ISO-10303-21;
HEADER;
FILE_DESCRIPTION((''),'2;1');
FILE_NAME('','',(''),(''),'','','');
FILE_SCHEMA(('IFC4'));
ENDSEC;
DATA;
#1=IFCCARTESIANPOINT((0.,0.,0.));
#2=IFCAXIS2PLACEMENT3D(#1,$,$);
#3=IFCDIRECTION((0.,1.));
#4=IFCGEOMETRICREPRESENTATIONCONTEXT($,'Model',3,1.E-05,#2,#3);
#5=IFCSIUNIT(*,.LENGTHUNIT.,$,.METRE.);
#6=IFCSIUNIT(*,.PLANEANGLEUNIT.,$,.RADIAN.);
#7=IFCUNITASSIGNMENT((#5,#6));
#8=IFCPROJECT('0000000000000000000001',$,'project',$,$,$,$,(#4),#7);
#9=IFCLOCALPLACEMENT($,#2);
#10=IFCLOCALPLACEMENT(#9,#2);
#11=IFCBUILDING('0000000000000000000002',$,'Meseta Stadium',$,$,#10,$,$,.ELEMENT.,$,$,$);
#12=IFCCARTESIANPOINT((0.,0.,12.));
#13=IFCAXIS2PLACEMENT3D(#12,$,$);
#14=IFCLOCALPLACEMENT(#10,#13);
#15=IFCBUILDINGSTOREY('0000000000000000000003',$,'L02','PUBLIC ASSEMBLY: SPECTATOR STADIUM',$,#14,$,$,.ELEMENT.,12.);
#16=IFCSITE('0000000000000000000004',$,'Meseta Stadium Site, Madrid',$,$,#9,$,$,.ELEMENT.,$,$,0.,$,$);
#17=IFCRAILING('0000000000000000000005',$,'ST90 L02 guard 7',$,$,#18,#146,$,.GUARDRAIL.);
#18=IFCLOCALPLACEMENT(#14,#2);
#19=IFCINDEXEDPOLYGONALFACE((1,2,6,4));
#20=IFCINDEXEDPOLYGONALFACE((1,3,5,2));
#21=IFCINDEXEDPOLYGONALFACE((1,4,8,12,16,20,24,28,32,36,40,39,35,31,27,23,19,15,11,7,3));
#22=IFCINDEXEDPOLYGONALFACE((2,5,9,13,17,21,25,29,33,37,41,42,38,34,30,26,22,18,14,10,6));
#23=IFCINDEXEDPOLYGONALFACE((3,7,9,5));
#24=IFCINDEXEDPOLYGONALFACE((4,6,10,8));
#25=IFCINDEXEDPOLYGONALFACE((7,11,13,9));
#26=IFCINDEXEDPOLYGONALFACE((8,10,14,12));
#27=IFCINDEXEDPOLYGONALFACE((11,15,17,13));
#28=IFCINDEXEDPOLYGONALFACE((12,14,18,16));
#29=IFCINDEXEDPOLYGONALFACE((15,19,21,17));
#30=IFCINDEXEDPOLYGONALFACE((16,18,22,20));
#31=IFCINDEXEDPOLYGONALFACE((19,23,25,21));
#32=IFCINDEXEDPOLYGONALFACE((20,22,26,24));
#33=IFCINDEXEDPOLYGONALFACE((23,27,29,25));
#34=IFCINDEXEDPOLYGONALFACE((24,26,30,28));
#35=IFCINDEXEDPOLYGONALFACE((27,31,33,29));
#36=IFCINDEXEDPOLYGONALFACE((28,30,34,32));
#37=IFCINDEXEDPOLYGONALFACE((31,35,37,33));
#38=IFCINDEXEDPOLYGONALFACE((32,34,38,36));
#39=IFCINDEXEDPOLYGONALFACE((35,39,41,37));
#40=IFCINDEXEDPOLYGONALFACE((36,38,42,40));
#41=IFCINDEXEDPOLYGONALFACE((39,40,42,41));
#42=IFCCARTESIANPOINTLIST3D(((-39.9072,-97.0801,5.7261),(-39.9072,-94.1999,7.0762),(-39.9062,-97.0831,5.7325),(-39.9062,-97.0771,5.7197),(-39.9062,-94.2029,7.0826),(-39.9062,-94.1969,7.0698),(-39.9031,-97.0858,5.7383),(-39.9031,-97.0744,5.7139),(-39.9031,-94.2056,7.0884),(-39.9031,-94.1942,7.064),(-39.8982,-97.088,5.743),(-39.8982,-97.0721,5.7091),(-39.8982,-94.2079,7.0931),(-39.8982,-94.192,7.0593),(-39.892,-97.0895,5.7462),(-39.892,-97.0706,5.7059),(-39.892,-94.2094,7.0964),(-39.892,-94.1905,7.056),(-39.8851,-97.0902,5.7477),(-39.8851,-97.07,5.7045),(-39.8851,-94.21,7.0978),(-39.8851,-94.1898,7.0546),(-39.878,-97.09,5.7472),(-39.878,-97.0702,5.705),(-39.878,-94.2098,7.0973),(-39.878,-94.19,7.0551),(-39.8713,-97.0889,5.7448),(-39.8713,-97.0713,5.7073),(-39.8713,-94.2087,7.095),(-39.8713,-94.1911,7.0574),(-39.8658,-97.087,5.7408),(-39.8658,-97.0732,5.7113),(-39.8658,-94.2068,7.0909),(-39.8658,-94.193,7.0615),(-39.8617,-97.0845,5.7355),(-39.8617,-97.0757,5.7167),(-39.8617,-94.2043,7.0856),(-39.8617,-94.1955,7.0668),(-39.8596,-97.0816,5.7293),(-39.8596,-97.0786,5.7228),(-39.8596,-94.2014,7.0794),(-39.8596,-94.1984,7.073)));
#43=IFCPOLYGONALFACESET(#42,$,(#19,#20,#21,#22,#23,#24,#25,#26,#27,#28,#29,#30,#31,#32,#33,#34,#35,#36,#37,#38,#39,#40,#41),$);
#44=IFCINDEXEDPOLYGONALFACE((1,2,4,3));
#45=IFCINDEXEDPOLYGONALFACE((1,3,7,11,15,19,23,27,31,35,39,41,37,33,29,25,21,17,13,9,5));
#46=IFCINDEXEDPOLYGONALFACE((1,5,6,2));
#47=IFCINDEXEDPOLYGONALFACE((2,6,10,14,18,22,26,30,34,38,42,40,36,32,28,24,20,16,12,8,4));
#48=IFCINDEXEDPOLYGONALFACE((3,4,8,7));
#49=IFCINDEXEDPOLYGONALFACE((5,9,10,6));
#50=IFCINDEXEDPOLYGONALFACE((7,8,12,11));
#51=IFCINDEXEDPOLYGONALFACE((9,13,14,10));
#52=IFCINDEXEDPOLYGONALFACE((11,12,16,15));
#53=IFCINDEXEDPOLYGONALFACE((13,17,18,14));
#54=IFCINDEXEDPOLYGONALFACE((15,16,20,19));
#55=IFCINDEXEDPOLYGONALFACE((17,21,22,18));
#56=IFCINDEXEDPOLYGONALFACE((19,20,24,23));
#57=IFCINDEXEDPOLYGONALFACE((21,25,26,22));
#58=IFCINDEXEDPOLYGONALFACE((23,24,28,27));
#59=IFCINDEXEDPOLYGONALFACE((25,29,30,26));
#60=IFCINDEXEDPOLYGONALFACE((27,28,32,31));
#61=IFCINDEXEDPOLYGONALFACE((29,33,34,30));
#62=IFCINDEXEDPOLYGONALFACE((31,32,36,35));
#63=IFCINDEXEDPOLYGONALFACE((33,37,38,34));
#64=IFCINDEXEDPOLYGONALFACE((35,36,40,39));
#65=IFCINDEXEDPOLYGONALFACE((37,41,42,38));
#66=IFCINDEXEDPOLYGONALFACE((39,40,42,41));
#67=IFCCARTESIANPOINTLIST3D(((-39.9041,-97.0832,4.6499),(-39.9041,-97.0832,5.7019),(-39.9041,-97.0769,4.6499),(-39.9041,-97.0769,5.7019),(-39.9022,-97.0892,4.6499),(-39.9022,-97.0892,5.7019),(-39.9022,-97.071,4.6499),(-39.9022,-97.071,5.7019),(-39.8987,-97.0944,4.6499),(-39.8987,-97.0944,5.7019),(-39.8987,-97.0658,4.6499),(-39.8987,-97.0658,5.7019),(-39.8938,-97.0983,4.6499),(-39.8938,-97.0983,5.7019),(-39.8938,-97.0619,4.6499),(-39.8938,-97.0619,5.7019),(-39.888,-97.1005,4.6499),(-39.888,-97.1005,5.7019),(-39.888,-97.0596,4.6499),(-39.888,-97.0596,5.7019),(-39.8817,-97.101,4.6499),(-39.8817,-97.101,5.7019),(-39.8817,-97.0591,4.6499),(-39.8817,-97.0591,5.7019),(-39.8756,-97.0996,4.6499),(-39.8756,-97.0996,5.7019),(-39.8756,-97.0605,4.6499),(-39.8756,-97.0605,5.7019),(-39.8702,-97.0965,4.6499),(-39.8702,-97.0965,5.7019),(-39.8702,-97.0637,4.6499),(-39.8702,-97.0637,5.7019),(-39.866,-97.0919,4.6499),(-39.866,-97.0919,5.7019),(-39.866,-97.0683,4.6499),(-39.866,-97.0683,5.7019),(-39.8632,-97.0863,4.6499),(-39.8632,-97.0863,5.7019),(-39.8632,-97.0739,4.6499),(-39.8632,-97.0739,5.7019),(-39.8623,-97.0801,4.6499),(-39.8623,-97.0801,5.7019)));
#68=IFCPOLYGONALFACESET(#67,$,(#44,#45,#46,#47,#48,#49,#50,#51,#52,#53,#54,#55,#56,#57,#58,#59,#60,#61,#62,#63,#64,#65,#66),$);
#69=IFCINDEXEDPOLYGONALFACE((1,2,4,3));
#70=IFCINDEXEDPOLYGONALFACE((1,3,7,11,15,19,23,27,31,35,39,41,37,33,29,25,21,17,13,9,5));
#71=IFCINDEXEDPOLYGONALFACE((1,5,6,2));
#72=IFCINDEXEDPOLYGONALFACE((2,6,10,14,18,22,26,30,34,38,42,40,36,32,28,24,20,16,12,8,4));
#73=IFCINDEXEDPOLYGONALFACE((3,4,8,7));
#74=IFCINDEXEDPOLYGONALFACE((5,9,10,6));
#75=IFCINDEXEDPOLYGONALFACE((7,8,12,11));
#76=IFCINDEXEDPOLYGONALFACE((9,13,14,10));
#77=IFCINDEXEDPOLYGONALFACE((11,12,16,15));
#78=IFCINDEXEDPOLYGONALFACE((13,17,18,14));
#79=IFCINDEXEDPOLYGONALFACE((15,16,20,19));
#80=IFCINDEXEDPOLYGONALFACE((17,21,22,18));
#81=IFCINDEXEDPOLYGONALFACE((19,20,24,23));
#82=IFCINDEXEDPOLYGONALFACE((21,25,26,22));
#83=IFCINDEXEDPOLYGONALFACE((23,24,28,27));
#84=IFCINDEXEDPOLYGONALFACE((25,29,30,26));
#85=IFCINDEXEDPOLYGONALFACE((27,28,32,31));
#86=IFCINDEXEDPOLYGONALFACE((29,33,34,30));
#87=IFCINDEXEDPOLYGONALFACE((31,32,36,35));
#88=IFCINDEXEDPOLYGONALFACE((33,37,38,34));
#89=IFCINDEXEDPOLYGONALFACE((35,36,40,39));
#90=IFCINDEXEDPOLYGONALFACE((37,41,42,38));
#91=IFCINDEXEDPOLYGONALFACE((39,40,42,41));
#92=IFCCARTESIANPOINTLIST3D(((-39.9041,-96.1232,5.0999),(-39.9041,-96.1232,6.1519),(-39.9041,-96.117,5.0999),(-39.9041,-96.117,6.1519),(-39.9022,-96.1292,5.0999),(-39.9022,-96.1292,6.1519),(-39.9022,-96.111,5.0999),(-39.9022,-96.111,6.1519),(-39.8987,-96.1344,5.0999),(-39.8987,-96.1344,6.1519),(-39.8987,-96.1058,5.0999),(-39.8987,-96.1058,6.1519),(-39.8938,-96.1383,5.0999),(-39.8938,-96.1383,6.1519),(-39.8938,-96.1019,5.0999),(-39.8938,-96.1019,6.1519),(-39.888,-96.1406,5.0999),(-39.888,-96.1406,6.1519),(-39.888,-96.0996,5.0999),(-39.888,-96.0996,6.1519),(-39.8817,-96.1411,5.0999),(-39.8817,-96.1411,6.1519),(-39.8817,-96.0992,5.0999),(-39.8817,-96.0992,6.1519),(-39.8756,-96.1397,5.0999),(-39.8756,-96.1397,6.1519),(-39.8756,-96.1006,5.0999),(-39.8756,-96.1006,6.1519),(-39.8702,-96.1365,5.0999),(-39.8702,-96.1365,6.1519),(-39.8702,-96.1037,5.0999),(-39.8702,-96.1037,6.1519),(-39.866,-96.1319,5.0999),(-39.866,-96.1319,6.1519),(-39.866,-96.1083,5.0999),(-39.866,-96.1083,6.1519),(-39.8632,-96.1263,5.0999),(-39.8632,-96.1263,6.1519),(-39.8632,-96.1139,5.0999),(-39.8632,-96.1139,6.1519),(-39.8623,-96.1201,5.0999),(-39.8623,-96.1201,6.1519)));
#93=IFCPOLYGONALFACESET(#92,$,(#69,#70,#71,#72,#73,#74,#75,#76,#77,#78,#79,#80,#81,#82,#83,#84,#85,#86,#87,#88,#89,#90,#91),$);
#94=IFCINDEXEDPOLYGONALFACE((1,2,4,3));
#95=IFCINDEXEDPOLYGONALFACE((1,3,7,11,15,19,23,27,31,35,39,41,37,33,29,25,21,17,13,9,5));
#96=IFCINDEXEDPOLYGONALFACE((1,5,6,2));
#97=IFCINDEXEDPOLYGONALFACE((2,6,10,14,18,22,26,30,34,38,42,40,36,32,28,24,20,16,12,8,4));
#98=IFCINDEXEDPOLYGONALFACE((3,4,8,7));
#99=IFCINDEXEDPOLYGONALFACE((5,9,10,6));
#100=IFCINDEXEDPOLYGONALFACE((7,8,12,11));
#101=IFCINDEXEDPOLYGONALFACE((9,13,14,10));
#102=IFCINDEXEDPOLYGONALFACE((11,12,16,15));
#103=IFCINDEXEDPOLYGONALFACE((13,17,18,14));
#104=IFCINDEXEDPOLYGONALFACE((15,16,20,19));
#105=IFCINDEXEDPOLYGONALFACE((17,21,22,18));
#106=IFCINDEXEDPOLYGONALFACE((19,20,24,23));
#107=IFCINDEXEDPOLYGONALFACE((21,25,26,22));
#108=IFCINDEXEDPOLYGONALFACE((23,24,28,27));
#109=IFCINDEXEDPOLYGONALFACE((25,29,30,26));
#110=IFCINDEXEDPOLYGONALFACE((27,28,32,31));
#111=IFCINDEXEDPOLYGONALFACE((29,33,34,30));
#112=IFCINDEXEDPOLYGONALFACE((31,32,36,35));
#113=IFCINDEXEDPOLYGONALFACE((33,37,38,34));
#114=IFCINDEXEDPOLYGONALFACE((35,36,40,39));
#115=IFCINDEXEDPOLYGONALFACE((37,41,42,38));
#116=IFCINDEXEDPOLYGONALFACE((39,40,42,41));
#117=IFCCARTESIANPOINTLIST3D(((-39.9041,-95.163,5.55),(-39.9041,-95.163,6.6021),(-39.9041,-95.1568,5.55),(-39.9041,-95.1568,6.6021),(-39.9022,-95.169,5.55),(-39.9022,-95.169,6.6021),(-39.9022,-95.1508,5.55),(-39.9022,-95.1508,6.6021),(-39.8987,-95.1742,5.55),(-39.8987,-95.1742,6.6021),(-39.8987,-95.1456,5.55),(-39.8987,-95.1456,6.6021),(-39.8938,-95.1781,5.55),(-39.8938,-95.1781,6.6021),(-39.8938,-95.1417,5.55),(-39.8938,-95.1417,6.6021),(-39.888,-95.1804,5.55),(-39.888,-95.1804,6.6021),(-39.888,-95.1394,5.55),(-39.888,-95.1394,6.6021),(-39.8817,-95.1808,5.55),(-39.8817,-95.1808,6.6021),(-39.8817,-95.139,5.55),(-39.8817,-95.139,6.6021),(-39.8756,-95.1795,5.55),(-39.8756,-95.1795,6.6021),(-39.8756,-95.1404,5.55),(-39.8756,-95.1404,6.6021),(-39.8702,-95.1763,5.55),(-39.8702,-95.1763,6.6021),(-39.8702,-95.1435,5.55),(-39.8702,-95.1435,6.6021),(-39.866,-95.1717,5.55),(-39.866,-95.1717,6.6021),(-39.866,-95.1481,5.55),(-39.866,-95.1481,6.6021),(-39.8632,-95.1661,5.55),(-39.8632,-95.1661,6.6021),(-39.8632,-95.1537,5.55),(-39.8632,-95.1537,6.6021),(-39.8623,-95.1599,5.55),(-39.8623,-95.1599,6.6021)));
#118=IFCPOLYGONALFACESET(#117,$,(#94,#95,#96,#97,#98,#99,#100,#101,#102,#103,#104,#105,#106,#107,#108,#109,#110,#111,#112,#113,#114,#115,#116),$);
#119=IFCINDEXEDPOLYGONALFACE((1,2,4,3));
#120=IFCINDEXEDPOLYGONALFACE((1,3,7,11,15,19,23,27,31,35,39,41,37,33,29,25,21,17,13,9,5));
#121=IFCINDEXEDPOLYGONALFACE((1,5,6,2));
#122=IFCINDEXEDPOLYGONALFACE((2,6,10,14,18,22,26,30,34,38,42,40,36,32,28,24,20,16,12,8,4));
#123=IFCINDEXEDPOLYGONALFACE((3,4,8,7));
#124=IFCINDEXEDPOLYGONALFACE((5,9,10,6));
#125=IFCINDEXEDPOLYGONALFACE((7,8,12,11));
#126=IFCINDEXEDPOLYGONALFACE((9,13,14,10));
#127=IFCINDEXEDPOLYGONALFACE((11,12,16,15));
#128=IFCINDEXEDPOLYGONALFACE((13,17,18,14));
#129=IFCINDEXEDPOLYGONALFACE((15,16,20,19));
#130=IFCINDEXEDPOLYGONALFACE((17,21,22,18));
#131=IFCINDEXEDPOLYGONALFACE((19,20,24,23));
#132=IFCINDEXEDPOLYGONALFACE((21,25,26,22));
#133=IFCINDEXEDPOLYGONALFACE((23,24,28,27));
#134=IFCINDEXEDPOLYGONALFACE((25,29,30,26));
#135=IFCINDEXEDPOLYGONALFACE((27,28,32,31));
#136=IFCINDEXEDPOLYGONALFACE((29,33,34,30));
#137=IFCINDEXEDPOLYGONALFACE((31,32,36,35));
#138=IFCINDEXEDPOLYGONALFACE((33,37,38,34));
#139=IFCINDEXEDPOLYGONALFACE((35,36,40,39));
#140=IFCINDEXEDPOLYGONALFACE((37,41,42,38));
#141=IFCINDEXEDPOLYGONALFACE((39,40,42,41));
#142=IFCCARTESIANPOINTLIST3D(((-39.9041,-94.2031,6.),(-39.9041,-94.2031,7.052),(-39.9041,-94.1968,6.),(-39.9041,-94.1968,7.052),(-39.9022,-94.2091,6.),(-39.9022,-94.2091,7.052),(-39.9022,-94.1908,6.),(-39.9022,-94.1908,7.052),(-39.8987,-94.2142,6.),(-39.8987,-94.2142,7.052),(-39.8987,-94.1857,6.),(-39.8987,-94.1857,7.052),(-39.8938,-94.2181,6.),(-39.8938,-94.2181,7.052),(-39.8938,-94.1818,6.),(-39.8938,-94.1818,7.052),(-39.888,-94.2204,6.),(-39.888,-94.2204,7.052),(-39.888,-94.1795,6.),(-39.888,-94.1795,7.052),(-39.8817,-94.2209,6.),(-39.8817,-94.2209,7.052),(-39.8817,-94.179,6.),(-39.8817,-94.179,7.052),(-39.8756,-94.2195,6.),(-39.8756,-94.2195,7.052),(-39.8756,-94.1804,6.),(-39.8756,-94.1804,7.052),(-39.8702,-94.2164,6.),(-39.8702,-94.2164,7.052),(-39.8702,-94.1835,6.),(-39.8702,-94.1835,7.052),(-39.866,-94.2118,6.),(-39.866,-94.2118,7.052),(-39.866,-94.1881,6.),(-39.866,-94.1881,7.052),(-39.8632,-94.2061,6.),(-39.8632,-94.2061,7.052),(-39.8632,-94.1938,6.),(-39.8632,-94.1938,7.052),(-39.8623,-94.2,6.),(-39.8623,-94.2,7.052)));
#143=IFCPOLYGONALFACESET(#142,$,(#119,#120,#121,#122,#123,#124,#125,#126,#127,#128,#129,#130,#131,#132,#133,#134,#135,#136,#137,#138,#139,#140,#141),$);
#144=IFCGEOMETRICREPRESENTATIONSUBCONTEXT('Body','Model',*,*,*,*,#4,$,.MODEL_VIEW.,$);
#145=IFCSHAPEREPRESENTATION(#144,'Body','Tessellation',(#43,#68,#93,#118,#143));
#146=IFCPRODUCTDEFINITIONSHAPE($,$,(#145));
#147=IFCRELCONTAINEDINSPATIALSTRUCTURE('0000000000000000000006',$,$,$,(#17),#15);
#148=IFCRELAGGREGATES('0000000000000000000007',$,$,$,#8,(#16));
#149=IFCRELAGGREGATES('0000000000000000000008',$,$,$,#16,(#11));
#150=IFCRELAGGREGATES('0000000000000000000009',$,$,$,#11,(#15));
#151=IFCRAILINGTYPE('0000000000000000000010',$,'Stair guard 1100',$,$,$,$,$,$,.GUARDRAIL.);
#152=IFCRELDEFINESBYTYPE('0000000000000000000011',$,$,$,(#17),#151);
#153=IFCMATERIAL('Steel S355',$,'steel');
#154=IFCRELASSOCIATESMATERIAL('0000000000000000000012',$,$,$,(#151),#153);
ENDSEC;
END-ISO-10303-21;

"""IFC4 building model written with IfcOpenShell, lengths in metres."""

from ifc_helpers import new_model, si_unit, direction, frame, origin, origin_2d, place, context, subcontext, project, spatial, circle, extrude, material, type_object, element, save


model = new_model("IFC4")

# Units and contexts
model_context = context("Model", 3, precision=1e-05, world=origin(), true_north=direction((0.0, 1.0)))
body_context = subcontext(model_context, "Body", "Model", "MODEL_VIEW")
ifc_project = project(units=[si_unit("LENGTHUNIT", "METRE"), si_unit("PLANEANGLEUNIT", "RADIAN")], contexts=[model_context])

# Site, building, storey
site_placement = place(None, origin())
site = spatial("IfcSite", under=ifc_project, at=site_placement, Name="Meseta Stadium Site, Madrid", CompositionType="ELEMENT", RefElevation=0.0)
building_placement = place(site_placement, origin())
building = spatial("IfcBuilding", under=site, at=building_placement, Name="Meseta Stadium", CompositionType="ELEMENT")
storey_placement = place(building_placement, frame((0.0, 0.0, 12.0)))
storey = spatial("IfcBuildingStorey", under=building, at=storey_placement, Name="L02", Description="PUBLIC ASSEMBLY: SPECTATOR STADIUM", CompositionType="ELEMENT", Elevation=12.0)

# Railing
ifc_material_1 = material(Name="Steel S355", Category="steel")
railing_type_1 = type_object("IfcRailingType", Name="Stair guard 1100", PredefinedType="GUARDRAIL", material=ifc_material_1)
railing_1_placement = place(storey_placement, frame((-39.8833, -97.0801, 4.6499)))
element("IfcRailing", 1, at=railing_1_placement, inside=storey, type_object=railing_type_1, Name="ST90 L02 guard 7", PredefinedType="GUARDRAIL", context=body_context, shape_type="SweptSolid", body=[
    extrude(circle(Radius=0.0239, at=origin_2d()), frame((0.0, 0.0, 1.0762), z_axis=(0.0, 0.905454, 0.424444), x_axis=(-1.0, 0.0, 0.0)), (0.0, 0.0, 1.0), 3.1809),
    extrude(circle(Radius=0.021, at=origin_2d()), origin(), (0.0, 0.0, 1.0), 1.052),
    extrude(circle(Radius=0.021, at=origin_2d()), frame((0.0, 0.96, 0.45)), (0.0, 0.0, 1.0), 1.052),
    extrude(circle(Radius=0.021, at=origin_2d()), frame((0.0, 1.9202, 0.9001)), (0.0, 0.0, 1.0), 1.052),
    extrude(circle(Radius=0.021, at=origin_2d()), frame((0.0, 2.8801, 1.3501)), (0.0, 0.0, 1.0), 1.052),
])

save(model, "model.ifc")
